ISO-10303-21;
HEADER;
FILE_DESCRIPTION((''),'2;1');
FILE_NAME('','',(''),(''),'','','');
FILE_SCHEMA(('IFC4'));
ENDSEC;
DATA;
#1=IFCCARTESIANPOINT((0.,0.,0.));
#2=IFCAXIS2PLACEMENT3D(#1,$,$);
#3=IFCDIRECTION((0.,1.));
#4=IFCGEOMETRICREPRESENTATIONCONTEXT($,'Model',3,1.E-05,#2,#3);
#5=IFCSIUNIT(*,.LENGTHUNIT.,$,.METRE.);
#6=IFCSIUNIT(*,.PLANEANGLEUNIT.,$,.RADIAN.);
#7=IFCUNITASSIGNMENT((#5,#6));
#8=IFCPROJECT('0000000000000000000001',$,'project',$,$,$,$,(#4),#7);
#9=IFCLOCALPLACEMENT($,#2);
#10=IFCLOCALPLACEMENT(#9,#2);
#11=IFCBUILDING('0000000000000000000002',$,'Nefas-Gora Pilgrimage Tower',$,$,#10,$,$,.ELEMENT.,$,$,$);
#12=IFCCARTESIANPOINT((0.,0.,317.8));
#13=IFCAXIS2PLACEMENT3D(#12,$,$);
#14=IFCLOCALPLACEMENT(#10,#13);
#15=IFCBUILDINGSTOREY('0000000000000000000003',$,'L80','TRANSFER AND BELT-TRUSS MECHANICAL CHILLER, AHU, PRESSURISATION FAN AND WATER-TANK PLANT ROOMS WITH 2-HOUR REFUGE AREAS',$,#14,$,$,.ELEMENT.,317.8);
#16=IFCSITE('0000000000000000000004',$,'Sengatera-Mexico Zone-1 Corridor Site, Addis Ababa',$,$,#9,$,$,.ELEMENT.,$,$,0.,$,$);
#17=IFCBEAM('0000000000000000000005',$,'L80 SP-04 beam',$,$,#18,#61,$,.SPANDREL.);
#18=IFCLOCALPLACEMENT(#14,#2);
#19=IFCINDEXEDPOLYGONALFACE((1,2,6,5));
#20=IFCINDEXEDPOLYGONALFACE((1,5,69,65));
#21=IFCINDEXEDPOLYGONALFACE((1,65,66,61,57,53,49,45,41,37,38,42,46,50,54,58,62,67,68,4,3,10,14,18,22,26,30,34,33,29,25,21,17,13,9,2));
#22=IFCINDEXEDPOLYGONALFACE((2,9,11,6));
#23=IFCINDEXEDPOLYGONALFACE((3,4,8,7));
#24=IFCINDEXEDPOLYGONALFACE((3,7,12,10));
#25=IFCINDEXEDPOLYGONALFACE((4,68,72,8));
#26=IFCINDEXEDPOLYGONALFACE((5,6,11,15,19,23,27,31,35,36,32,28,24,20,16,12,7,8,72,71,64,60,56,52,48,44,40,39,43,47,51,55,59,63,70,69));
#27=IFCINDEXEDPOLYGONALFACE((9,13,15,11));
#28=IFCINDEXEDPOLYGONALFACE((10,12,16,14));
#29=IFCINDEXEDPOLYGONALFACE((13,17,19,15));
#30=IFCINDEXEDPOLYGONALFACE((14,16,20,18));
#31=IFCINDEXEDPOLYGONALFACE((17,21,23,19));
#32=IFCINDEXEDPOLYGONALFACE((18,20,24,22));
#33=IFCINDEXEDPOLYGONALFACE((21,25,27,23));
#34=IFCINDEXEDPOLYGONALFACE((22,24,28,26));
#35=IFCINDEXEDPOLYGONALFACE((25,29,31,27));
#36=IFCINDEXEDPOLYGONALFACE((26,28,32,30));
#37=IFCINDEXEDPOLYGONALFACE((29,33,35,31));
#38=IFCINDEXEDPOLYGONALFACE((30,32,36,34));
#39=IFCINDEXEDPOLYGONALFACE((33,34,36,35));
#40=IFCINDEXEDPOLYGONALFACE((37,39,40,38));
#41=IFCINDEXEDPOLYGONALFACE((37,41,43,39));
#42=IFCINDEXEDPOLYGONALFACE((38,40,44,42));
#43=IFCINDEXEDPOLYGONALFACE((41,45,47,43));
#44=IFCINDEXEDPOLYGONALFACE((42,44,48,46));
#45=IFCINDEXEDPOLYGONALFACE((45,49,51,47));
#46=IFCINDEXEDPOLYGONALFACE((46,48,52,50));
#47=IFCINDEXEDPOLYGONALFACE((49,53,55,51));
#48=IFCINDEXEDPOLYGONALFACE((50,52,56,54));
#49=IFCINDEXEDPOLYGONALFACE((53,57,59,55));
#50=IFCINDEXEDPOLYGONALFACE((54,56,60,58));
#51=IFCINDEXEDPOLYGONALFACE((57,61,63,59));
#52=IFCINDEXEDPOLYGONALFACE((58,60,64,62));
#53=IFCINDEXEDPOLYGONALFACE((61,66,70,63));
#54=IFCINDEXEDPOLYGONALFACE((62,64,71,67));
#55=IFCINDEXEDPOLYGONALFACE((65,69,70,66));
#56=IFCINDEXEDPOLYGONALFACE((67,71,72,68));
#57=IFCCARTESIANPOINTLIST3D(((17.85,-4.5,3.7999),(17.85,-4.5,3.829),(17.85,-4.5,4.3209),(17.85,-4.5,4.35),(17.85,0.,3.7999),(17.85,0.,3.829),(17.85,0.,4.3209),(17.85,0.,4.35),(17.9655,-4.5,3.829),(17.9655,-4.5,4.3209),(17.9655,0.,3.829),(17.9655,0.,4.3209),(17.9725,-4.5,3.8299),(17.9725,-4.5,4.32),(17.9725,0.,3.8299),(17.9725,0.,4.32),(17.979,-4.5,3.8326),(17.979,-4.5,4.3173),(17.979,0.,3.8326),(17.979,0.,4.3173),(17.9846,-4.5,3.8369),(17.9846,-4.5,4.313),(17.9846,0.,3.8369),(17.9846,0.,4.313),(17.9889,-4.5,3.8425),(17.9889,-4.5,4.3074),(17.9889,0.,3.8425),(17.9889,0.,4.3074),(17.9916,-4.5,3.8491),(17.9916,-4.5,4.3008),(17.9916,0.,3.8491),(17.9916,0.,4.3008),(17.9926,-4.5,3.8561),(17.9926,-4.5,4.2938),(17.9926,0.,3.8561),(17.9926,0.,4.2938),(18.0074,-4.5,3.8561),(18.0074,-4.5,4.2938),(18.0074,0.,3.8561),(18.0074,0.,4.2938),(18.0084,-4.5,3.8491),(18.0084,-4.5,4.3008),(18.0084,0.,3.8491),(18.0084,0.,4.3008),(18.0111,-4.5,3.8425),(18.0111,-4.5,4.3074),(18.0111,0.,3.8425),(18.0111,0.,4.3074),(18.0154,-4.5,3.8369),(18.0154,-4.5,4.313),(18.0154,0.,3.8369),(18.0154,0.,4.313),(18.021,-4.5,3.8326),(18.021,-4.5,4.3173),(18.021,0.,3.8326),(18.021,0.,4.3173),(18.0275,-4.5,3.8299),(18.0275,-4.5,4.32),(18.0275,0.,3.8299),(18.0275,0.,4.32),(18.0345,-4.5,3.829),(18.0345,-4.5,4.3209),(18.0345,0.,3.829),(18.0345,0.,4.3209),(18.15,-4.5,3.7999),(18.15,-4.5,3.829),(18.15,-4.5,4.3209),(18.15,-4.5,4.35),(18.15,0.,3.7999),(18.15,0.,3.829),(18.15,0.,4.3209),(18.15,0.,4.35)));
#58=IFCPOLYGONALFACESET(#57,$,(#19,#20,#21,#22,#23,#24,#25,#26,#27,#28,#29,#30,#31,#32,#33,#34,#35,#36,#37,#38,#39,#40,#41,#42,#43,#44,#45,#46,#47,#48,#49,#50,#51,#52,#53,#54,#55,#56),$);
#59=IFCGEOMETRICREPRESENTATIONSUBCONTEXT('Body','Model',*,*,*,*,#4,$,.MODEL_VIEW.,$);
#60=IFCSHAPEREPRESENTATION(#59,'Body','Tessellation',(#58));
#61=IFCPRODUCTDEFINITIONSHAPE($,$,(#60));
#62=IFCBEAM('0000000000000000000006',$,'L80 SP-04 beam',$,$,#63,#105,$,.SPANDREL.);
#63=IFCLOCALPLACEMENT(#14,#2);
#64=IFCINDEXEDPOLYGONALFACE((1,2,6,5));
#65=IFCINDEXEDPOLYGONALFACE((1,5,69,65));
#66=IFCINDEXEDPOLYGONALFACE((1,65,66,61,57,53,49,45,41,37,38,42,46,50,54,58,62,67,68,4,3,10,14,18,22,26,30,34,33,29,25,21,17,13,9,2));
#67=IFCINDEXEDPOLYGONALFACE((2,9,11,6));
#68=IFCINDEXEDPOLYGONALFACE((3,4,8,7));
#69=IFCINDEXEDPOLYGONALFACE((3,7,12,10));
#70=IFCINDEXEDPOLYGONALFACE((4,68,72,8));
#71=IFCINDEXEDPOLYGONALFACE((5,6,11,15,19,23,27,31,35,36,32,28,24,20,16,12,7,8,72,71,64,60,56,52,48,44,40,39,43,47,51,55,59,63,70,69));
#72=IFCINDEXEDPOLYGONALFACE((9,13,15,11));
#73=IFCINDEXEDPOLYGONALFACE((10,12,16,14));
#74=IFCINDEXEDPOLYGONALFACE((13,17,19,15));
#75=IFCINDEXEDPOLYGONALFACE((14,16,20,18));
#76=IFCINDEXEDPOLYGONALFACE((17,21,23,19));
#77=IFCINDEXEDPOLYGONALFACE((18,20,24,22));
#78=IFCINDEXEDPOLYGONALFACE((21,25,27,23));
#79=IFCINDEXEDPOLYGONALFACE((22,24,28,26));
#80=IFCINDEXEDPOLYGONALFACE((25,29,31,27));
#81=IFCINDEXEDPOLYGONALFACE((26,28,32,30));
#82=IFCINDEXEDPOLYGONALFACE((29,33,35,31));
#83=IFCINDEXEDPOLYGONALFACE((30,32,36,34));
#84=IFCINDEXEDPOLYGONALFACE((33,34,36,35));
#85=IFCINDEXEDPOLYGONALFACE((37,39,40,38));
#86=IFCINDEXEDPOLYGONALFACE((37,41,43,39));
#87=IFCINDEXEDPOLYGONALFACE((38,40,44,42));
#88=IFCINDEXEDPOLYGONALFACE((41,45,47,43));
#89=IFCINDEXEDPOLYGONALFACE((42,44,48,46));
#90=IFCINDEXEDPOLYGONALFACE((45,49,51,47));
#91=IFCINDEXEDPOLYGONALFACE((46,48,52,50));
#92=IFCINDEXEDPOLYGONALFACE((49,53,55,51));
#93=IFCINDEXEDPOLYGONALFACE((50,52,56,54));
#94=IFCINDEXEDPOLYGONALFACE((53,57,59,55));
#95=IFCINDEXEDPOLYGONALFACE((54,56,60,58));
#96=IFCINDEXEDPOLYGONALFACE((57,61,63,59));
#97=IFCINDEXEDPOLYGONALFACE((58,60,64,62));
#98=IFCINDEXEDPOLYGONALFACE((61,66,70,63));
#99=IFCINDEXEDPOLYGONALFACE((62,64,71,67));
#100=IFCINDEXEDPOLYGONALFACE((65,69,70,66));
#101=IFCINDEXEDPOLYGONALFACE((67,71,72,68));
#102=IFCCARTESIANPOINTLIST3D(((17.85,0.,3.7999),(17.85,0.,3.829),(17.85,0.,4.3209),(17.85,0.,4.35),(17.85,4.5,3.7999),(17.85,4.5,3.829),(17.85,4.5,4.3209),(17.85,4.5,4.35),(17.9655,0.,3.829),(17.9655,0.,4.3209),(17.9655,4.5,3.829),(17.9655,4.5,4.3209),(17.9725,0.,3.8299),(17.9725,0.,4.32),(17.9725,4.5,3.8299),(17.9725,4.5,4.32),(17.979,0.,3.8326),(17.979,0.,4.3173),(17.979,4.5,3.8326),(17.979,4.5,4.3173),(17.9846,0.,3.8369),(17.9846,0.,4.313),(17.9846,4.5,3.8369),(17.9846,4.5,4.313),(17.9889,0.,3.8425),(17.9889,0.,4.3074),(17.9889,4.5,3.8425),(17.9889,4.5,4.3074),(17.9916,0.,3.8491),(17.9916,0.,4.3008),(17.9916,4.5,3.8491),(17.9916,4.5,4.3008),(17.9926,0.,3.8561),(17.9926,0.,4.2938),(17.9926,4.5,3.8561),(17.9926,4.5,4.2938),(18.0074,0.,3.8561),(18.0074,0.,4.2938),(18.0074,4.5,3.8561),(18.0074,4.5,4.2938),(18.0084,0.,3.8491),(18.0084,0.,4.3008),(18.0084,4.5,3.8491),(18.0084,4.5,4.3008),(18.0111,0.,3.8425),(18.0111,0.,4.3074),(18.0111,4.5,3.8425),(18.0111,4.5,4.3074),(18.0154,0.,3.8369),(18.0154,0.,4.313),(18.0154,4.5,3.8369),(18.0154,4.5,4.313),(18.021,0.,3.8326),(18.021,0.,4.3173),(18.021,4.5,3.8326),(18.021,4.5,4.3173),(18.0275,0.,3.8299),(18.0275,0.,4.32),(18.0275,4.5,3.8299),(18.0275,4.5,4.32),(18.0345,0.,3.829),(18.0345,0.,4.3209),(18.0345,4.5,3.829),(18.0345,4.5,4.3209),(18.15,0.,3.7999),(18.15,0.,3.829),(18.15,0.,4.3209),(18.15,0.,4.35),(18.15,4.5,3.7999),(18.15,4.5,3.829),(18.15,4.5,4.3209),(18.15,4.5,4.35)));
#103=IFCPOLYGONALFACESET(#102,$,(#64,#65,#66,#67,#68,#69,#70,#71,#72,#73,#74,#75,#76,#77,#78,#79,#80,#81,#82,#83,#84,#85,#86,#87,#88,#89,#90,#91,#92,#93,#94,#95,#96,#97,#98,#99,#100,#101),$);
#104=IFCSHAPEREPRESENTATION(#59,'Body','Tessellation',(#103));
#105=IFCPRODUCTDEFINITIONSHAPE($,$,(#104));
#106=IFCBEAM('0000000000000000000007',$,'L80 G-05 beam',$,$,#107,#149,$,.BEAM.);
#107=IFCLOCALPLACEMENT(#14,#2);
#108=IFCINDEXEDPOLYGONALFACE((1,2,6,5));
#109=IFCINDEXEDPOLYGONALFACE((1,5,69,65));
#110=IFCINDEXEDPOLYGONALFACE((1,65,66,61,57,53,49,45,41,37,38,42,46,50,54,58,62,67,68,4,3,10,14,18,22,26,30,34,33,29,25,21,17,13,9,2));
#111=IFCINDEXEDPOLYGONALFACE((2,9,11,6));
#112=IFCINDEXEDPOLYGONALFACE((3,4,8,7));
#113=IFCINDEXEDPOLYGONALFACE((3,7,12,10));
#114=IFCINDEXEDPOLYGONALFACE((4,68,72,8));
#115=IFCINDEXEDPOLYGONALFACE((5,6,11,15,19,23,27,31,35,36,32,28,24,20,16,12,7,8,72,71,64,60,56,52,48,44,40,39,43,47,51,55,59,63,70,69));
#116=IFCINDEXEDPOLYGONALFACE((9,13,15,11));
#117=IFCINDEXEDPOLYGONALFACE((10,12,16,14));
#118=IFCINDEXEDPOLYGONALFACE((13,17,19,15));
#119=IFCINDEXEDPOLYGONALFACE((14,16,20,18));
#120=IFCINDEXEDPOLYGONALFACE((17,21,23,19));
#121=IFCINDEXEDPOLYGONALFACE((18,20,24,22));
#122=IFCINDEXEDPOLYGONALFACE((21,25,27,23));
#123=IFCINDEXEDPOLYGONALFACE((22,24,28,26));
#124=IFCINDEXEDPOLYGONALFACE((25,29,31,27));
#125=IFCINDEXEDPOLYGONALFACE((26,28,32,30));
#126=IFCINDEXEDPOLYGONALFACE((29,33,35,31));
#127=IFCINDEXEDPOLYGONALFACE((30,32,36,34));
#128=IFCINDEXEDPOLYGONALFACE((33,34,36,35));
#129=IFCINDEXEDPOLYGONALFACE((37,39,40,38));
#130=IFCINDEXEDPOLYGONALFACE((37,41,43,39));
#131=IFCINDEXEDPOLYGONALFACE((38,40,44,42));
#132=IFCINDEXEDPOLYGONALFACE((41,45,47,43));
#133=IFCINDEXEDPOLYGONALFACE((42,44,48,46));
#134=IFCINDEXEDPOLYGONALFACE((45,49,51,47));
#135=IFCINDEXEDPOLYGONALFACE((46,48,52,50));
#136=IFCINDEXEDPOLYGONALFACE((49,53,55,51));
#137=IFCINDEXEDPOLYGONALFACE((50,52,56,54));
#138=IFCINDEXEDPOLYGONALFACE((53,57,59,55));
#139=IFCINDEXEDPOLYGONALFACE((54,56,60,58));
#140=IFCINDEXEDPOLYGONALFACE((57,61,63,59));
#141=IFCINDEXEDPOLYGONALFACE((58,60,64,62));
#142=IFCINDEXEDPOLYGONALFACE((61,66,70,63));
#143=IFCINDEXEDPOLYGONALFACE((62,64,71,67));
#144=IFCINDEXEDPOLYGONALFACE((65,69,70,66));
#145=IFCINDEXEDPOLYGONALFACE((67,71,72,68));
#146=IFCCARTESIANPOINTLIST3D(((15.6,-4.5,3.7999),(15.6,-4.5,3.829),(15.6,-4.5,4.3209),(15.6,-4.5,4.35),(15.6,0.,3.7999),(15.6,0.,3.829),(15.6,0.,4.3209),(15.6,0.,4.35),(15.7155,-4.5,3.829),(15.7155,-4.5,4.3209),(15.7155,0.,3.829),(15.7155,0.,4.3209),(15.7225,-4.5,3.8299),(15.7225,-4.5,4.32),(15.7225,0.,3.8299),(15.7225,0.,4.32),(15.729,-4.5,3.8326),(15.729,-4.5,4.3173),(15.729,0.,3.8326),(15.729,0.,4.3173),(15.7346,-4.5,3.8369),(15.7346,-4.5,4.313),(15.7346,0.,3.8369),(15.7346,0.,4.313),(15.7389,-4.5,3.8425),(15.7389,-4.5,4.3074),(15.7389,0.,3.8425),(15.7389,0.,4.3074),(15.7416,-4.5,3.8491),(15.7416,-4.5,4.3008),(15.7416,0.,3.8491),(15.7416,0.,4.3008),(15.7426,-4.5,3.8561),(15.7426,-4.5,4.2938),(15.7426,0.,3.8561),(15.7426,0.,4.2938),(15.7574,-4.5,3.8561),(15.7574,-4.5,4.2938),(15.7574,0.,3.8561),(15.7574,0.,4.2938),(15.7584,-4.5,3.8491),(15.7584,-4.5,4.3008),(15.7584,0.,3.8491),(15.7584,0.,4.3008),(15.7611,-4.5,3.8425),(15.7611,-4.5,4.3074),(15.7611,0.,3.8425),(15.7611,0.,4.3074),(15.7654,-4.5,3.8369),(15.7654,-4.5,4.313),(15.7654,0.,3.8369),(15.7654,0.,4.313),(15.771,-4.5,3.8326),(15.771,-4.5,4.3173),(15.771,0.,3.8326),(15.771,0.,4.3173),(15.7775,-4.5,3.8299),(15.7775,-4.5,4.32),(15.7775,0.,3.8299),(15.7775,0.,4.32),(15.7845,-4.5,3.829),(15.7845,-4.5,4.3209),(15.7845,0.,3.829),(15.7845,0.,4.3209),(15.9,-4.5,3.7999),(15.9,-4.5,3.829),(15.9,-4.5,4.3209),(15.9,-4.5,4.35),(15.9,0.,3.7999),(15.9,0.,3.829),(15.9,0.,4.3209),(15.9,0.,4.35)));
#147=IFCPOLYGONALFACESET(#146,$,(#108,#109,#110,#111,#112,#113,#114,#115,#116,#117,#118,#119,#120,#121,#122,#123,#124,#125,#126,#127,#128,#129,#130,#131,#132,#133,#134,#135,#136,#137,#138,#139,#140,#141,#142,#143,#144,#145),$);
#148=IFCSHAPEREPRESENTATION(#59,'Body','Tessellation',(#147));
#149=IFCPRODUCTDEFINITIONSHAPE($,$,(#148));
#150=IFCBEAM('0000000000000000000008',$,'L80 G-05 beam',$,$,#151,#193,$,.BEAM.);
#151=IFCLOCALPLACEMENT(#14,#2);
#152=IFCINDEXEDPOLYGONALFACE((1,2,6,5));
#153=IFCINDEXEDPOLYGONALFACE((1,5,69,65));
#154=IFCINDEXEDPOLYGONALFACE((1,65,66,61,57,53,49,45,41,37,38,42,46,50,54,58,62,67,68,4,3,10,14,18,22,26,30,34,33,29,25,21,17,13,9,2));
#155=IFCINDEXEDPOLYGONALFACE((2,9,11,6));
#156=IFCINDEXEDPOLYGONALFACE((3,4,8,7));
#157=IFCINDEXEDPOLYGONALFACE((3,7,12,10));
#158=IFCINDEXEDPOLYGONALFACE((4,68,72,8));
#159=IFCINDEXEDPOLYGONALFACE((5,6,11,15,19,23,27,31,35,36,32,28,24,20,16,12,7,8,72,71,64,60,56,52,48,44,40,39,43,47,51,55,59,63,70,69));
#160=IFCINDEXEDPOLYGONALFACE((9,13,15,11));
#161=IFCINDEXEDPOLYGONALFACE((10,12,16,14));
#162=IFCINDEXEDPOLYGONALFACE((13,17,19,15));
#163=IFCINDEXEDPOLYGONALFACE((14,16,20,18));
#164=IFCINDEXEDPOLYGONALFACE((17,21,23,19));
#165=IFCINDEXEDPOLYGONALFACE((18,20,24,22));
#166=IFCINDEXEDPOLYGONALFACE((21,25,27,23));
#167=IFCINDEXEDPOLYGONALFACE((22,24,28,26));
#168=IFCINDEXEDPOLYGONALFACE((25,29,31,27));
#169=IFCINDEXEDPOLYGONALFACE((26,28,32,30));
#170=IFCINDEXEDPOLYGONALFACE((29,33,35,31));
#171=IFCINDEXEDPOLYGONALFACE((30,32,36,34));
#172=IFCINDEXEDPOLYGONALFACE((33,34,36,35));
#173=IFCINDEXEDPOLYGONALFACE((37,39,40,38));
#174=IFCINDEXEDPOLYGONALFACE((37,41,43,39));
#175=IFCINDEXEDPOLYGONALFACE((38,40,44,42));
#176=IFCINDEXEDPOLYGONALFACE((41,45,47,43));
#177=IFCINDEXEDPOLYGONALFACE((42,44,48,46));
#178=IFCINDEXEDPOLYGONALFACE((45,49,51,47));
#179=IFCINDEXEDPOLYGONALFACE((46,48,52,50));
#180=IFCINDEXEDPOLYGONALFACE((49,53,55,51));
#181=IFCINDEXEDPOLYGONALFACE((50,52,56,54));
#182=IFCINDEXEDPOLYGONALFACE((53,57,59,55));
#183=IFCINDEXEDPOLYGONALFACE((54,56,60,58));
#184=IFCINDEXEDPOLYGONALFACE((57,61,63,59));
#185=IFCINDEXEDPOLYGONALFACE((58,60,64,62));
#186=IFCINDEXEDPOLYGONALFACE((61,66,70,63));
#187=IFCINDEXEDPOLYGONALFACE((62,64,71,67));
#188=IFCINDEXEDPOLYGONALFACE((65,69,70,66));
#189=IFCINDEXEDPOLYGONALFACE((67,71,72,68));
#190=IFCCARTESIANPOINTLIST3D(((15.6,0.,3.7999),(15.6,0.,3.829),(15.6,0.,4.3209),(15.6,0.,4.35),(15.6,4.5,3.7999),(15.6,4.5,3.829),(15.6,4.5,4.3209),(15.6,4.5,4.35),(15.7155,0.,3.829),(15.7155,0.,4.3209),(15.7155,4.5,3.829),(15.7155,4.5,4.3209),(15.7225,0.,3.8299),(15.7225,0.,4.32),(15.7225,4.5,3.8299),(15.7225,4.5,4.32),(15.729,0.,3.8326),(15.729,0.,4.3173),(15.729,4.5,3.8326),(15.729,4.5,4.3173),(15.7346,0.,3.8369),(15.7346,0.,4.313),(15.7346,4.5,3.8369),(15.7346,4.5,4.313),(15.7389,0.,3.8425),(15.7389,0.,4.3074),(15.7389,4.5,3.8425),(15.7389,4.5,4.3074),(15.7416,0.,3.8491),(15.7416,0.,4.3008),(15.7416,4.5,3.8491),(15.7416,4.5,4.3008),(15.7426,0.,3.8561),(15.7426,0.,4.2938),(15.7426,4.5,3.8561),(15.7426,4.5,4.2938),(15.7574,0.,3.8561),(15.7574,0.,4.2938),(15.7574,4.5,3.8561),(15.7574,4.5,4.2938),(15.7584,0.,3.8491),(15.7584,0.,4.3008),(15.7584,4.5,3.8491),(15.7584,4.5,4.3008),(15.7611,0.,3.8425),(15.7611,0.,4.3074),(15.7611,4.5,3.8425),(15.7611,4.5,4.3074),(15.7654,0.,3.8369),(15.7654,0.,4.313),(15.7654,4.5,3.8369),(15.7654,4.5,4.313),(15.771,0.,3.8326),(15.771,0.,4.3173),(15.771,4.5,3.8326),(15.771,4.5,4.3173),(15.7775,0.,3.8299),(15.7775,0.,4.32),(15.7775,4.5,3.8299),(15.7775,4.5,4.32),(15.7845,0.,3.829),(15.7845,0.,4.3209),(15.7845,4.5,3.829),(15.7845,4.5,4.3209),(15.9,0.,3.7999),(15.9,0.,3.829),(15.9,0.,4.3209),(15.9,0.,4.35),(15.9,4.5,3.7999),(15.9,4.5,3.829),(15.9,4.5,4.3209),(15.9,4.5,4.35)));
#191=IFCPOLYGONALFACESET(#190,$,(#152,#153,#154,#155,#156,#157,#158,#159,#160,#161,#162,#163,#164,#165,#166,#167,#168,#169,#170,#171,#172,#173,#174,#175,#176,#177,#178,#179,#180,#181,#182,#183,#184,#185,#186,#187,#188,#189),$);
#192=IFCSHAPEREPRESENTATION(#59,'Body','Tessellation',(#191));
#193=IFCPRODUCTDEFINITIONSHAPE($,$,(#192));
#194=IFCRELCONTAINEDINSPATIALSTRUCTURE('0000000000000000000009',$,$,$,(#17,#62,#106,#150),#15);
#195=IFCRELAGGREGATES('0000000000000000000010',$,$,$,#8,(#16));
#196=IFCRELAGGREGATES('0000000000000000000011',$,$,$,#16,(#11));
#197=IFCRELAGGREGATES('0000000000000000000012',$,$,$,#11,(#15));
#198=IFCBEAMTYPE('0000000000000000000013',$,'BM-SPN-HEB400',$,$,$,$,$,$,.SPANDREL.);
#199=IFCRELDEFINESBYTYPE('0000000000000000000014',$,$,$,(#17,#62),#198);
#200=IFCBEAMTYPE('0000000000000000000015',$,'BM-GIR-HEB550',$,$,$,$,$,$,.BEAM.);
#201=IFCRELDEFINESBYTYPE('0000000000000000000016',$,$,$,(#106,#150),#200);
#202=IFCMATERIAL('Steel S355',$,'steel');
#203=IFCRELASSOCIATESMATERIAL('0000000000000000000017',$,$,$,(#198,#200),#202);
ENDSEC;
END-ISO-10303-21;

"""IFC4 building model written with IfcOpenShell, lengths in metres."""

from ifc_helpers import new_model, si_unit, direction, frame, origin, origin_2d, place, context, subcontext, project, spatial, i_section, extrude, source, transform, mapped, material, material_profile, profile_set, type_object, element, save


model = new_model("IFC4")

# Units and contexts
model_context = context("Model", 3, precision=1e-05, world=origin(), true_north=direction((0.0, 1.0)))
body_context = subcontext(model_context, "Body", "Model", "MODEL_VIEW")
ifc_project = project(units=[si_unit("LENGTHUNIT", "METRE"), si_unit("PLANEANGLEUNIT", "RADIAN")], contexts=[model_context])

# Site, building, storey
site_placement = place(None, origin())
site = spatial("IfcSite", under=ifc_project, at=site_placement, Name="Sengatera-Mexico Zone-1 Corridor Site, Addis Ababa", CompositionType="ELEMENT", RefElevation=0.0)
building_placement = place(site_placement, origin())
building = spatial("IfcBuilding", under=site, at=building_placement, Name="Nefas-Gora Pilgrimage Tower", CompositionType="ELEMENT")
storey_placement = place(building_placement, frame((0.0, 0.0, 317.8)))
storey = spatial("IfcBuildingStorey", under=building, at=storey_placement, Name="L80", Description="TRANSFER AND BELT-TRUSS MECHANICAL CHILLER, AHU, PRESSURISATION FAN AND WATER-TANK PLANT ROOMS WITH 2-HOUR REFUGE AREAS", CompositionType="ELEMENT", Elevation=317.8)

# Shared definitions
ifc_material_1 = material(Name="Steel S355", Category="steel")

# Beams
ifc_material_profile_1 = material_profile(ifc_material_1, i_section(OverallWidth=0.3, OverallDepth=0.55, WebThickness=0.0149, FlangeThickness=0.0291, FilletRadius=0.0271, at=origin_2d()), Name="HEB 550")
ifc_profile_set_1 = profile_set([ifc_material_profile_1], Name="Steel S355")
beam_type_1 = type_object("IfcBeamType", Name="BM-SPN-HEB400", PredefinedType="SPANDREL", material=ifc_profile_set_1)
shared_shape_1 = source(origin(), body_context, "Body", "SweptSolid", [
    extrude(i_section(OverallWidth=0.3, OverallDepth=0.55, WebThickness=0.0149, FlangeThickness=0.0291, FilletRadius=0.0271, at=origin_2d()), origin(), (0.0, 0.0, 1.0), 4.5),
])
for number, where, z_axis, x_axis, name in (
    (1, (18.0, -4.5, 4.075), (0.0, 1.0, 0.0), (-1.0, 0.0, 0.0), "L80 SP-04 beam"),
    (2, (18.0, 0.0, 4.075), (0.0, 1.0, 0.0), (-1.0, 0.0, 0.0), "L80 SP-04 beam"),
):
    element("IfcBeam", number, at=place(storey_placement, frame(where, z_axis=z_axis, x_axis=x_axis)), inside=storey, type_object=beam_type_1, Name=name, PredefinedType="SPANDREL", context=body_context, shape_type="MappedRepresentation", body=[
        mapped(shared_shape_1, transform((0.0, 0.0, 0.0), x_axis=(1.0, 0.0, 0.0), y_axis=(0.0, 1.0, 0.0), z_axis=(0.0, 0.0, 1.0), scale=1.0)),
    ])
ifc_material_profile_2 = material_profile(ifc_material_1, i_section(OverallWidth=0.3, OverallDepth=0.55, WebThickness=0.0149, FlangeThickness=0.0291, FilletRadius=0.0271, at=origin_2d()), Name="HEB 550")
ifc_profile_set_2 = profile_set([ifc_material_profile_2], Name="Steel S355")
beam_type_2 = type_object("IfcBeamType", Name="BM-GIR-HEB550", PredefinedType="BEAM", material=ifc_profile_set_2)
shared_shape_2 = source(origin(), body_context, "Body", "SweptSolid", [
    extrude(i_section(OverallWidth=0.3, OverallDepth=0.55, WebThickness=0.0149, FlangeThickness=0.0291, FilletRadius=0.0271, at=origin_2d()), origin(), (0.0, 0.0, 1.0), 4.5),
])
for number, where, z_axis, x_axis, name in (
    (3, (15.75, -4.5, 4.075), (0.0, 1.0, 0.0), (-1.0, 0.0, 0.0), "L80 G-05 beam"),
    (4, (15.75, 0.0, 4.075), (0.0, 1.0, 0.0), (-1.0, 0.0, 0.0), "L80 G-05 beam"),
):
    element("IfcBeam", number, at=place(storey_placement, frame(where, z_axis=z_axis, x_axis=x_axis)), inside=storey, type_object=beam_type_2, Name=name, PredefinedType="BEAM", context=body_context, shape_type="MappedRepresentation", body=[
        mapped(shared_shape_2, transform((0.0, 0.0, 0.0), x_axis=(1.0, 0.0, 0.0), y_axis=(0.0, 1.0, 0.0), z_axis=(0.0, 0.0, 1.0), scale=1.0)),
    ])

save(model, "model.ifc")
